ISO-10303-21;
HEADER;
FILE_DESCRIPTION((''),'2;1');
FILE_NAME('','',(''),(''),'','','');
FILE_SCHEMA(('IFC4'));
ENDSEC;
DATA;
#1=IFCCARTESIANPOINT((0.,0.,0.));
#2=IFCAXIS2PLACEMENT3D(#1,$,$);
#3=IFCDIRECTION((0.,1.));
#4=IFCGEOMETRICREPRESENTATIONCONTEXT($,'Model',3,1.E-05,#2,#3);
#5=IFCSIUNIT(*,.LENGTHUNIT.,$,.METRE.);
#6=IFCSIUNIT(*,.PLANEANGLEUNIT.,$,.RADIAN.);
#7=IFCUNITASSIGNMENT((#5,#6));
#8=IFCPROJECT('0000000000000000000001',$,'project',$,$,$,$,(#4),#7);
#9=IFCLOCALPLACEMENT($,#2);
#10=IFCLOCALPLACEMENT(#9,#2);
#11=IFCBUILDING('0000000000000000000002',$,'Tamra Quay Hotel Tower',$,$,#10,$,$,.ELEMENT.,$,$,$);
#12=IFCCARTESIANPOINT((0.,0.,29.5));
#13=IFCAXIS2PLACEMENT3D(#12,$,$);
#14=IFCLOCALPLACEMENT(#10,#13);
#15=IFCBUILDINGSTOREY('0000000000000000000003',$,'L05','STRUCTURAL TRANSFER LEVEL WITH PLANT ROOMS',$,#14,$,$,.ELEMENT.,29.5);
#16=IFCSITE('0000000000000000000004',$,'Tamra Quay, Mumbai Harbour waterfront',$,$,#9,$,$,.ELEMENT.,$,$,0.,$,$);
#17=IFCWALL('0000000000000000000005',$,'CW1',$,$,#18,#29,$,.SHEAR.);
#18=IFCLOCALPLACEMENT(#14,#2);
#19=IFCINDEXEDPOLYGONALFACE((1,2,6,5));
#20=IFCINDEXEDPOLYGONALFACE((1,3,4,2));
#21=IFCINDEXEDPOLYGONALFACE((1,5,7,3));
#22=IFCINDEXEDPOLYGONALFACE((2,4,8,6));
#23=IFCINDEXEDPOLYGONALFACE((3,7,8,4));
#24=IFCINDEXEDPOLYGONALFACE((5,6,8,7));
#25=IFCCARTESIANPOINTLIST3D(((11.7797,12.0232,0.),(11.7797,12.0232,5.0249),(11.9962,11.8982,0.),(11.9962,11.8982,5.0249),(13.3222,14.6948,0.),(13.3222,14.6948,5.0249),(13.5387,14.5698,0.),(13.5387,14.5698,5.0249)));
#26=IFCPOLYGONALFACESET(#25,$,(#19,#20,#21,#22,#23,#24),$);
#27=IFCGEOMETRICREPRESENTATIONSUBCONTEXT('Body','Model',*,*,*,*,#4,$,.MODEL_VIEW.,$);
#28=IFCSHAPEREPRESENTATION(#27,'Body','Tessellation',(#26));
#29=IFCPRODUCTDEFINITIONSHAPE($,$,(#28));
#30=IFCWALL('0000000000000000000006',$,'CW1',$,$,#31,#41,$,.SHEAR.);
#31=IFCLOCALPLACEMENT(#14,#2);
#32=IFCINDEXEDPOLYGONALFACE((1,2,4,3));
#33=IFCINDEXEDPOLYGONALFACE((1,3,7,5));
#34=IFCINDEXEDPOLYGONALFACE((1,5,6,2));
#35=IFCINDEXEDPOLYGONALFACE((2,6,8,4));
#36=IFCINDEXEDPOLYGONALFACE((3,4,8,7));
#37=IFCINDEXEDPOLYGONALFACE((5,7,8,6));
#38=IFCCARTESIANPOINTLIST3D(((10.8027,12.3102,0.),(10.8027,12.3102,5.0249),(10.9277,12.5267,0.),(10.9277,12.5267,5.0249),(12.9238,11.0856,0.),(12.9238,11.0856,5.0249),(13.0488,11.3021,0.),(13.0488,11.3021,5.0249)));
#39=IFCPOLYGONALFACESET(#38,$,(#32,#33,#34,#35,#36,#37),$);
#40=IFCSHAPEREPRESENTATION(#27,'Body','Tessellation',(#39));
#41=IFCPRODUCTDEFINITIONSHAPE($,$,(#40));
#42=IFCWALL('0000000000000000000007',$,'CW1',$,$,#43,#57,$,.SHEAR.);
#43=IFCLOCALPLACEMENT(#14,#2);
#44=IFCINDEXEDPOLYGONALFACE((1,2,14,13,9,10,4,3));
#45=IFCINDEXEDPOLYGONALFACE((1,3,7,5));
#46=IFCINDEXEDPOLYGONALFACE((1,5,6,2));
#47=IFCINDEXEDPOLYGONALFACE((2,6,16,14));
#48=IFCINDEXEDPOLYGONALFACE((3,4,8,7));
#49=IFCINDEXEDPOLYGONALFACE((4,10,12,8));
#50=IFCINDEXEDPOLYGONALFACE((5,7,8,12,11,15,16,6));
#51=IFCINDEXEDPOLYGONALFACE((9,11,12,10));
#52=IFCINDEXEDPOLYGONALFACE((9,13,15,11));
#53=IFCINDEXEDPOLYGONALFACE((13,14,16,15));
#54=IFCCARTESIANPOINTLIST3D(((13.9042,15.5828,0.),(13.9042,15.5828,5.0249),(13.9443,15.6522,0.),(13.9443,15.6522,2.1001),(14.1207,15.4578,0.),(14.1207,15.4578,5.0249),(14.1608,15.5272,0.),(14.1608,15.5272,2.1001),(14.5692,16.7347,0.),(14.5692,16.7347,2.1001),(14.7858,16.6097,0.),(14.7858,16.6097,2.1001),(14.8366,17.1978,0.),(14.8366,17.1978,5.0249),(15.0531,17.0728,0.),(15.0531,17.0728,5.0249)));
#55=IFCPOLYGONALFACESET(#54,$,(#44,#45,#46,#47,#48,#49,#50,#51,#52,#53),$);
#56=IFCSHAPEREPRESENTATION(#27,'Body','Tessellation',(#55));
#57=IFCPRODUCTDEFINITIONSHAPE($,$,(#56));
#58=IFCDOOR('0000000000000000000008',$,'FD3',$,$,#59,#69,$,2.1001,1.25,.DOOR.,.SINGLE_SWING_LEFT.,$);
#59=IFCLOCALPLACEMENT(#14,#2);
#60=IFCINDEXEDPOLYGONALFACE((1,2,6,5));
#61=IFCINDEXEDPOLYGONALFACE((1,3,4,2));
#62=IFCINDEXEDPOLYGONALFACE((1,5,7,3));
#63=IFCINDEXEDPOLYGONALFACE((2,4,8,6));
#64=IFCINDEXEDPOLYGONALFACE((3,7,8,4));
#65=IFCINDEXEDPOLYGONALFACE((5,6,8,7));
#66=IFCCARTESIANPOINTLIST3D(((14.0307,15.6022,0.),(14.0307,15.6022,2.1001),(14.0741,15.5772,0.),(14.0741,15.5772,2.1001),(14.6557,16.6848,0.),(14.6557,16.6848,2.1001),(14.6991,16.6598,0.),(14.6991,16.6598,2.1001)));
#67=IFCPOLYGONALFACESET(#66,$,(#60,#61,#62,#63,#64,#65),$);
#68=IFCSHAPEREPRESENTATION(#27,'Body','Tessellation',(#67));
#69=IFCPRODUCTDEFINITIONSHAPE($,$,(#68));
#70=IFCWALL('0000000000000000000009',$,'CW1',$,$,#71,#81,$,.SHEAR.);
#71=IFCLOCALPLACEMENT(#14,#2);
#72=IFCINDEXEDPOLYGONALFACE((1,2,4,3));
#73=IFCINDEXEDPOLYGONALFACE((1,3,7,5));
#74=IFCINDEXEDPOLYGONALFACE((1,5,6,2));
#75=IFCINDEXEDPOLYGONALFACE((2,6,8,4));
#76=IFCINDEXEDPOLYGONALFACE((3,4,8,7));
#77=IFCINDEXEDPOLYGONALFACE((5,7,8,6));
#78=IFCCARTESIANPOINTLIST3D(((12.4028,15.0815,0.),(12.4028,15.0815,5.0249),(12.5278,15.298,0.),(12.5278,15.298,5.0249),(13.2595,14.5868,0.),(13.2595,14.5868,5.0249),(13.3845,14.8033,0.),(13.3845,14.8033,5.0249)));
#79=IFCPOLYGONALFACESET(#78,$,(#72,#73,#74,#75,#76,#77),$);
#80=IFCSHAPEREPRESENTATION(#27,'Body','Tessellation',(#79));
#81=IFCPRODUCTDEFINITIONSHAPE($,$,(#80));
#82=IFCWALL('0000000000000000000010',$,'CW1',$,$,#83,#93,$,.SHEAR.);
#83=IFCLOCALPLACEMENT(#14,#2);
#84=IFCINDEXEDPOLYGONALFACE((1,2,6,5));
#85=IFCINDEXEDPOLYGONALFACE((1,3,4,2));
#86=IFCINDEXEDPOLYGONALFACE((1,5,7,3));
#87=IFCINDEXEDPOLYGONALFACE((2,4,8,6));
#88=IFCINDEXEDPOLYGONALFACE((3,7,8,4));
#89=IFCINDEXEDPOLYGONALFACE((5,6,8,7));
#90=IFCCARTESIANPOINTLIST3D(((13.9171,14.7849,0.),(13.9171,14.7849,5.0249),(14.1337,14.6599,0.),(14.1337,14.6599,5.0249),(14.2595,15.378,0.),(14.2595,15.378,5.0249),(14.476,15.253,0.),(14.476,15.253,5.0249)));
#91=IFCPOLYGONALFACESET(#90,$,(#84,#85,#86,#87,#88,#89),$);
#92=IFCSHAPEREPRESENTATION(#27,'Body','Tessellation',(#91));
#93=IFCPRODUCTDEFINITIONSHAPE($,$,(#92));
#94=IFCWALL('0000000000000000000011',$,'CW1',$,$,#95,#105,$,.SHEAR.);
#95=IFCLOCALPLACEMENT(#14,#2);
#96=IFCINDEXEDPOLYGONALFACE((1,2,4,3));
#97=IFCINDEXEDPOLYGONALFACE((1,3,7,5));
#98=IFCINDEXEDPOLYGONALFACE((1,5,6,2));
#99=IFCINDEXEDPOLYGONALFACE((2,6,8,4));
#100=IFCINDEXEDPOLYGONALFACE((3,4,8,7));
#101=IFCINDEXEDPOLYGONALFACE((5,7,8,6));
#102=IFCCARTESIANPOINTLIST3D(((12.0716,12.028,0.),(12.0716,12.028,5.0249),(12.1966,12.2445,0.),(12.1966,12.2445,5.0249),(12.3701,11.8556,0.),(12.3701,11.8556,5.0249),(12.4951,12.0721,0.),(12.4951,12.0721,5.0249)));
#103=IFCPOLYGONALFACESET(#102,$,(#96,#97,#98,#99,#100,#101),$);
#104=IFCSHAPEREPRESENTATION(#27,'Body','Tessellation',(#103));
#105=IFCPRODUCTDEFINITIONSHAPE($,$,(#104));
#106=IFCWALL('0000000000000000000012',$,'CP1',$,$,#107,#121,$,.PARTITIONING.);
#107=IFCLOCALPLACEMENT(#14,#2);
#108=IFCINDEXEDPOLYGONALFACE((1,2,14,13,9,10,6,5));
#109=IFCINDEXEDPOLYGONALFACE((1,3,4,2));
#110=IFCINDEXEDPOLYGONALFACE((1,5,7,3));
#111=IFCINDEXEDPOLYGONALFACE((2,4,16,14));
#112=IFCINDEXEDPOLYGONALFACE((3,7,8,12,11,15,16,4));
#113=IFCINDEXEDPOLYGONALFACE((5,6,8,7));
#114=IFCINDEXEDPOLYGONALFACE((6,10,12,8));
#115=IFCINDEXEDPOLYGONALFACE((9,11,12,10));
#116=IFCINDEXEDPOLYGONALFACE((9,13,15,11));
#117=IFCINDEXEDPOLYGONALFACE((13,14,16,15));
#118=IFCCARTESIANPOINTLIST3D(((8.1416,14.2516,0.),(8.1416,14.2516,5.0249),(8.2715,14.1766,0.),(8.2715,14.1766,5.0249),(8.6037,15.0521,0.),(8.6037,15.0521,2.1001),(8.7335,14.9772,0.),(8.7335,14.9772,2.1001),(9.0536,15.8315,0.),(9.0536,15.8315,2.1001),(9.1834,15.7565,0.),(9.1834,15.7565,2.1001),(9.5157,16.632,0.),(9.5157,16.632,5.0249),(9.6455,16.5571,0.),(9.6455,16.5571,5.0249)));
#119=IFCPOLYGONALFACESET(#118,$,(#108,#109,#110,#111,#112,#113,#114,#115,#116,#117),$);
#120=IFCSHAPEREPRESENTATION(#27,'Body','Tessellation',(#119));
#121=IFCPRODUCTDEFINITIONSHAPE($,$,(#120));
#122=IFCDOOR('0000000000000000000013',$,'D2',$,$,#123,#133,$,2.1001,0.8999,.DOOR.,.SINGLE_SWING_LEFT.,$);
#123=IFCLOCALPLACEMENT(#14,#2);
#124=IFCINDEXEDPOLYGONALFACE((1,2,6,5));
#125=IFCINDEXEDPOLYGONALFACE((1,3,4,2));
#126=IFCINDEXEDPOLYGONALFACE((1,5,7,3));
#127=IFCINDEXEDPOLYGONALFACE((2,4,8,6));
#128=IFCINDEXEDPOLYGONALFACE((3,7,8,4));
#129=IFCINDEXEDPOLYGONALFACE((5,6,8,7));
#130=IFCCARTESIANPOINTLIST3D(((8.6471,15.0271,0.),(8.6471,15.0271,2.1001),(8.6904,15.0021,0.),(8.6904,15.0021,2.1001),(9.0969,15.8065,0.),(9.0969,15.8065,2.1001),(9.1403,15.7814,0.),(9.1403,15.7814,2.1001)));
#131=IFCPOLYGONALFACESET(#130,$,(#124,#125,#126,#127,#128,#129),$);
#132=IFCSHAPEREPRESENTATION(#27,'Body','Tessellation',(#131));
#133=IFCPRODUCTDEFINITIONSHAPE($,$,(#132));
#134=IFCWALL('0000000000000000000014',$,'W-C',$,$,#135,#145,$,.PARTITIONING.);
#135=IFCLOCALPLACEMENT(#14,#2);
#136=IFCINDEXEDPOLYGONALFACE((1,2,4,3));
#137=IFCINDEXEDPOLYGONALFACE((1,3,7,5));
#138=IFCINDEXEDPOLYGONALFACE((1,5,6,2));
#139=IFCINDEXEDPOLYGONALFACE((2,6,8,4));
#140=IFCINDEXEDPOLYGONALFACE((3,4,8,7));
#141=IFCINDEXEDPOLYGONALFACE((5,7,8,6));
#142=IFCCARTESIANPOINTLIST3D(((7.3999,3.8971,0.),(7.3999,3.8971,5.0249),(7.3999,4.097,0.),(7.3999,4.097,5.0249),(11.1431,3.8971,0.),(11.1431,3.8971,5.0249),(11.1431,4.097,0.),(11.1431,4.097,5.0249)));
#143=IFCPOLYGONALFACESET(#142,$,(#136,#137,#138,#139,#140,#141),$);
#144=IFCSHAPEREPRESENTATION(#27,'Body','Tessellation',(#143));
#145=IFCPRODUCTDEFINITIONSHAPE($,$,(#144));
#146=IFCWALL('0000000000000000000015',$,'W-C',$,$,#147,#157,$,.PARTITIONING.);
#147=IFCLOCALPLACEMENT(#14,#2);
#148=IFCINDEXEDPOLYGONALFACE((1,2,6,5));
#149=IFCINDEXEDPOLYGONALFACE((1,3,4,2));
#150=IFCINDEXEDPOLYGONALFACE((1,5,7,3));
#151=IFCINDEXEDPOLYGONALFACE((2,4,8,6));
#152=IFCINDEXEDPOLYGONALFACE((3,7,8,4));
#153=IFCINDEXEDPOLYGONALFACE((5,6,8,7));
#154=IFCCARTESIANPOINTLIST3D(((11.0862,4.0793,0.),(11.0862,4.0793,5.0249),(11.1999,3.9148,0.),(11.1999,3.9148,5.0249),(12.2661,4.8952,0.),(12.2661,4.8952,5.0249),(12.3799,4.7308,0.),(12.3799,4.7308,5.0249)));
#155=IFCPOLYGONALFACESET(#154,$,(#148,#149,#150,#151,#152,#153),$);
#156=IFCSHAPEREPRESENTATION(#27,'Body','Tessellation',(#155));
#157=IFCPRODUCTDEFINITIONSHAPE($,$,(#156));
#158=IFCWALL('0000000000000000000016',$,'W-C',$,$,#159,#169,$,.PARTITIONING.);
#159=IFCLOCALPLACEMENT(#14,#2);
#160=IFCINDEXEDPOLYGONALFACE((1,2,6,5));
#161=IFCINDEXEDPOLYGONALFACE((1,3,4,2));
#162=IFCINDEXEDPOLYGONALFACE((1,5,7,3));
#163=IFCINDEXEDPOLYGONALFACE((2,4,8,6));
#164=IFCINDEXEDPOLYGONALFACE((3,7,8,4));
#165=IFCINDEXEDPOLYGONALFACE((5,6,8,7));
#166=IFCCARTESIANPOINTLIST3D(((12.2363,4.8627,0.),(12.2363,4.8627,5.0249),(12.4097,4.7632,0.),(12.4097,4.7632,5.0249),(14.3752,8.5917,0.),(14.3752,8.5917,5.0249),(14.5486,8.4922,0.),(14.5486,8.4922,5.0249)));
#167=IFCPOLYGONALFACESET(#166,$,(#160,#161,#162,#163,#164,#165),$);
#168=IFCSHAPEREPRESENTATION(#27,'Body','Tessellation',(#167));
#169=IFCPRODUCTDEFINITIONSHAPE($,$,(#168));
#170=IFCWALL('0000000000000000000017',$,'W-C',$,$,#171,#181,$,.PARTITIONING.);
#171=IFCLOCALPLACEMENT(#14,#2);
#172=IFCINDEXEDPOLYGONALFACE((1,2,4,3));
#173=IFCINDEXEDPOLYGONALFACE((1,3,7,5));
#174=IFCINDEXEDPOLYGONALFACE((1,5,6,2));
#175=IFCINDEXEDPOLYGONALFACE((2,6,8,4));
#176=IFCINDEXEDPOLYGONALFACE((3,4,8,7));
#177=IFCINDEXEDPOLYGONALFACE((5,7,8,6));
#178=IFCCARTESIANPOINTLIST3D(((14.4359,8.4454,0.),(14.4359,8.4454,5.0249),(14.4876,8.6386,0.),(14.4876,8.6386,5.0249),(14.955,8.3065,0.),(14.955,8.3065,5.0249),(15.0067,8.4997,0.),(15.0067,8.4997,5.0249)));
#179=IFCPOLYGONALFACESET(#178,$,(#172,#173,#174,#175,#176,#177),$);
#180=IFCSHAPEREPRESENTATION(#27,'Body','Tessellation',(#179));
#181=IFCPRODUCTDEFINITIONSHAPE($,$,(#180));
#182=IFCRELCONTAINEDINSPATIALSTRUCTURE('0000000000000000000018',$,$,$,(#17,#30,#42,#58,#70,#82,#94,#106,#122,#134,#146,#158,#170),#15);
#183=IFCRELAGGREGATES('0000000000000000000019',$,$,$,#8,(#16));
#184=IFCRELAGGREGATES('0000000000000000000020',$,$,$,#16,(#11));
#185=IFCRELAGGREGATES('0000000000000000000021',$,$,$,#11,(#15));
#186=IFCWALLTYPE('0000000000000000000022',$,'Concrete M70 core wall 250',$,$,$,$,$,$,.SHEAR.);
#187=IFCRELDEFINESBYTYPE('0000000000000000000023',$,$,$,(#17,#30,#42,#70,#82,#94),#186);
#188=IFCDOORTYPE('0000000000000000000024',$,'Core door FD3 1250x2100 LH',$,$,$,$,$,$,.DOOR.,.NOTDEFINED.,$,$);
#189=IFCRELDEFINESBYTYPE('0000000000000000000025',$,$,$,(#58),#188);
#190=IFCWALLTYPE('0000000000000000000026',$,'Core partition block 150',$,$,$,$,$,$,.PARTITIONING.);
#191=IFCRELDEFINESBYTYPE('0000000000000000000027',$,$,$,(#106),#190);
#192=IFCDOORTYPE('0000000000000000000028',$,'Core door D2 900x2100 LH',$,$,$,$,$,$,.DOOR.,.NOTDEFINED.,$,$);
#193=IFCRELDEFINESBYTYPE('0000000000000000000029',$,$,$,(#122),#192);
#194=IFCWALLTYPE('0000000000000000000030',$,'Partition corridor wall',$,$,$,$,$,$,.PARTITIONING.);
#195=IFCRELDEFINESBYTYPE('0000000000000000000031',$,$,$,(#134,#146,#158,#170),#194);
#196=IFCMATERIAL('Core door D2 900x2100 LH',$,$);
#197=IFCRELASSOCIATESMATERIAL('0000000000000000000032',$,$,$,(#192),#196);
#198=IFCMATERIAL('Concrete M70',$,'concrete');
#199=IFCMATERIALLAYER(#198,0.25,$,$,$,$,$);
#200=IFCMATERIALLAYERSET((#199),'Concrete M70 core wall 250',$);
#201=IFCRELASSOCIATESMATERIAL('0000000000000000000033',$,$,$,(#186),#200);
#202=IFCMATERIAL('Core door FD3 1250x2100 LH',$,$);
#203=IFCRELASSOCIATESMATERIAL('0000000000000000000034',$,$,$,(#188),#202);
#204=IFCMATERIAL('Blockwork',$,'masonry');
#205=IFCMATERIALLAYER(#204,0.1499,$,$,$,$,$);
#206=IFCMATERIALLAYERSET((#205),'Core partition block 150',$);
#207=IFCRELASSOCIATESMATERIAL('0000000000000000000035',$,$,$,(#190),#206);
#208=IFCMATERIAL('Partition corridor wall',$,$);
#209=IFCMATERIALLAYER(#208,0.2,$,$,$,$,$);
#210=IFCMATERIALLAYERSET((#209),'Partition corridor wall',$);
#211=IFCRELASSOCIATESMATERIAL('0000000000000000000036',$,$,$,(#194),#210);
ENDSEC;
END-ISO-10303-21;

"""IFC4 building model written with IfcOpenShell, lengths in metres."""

from ifc_helpers import new_model, si_unit, direction, frame, frame_2d, origin, place, context, subcontext, project, spatial, rectangle, extrude, material, layer, layer_set, type_object, element, fill, save


model = new_model("IFC4")

# Units and contexts
model_context = context("Model", 3, precision=1e-05, world=origin(), true_north=direction((0.0, 1.0)))
body_context = subcontext(model_context, "Body", "Model", "MODEL_VIEW")
ifc_project = project(units=[si_unit("LENGTHUNIT", "METRE"), si_unit("PLANEANGLEUNIT", "RADIAN")], contexts=[model_context])

# Site, building, storey
site_placement = place(None, origin())
site = spatial("IfcSite", under=ifc_project, at=site_placement, Name="Tamra Quay, Mumbai Harbour waterfront", CompositionType="ELEMENT", RefElevation=0.0)
building_placement = place(site_placement, origin())
building = spatial("IfcBuilding", under=site, at=building_placement, Name="Tamra Quay Hotel Tower", CompositionType="ELEMENT")
storey_placement = place(building_placement, frame((0.0, 0.0, 29.5)))
storey = spatial("IfcBuildingStorey", under=building, at=storey_placement, Name="L05", Description="STRUCTURAL TRANSFER LEVEL WITH PLANT ROOMS", CompositionType="ELEMENT", Elevation=29.5)

# Shared definitions
ifc_material_1 = material(Name="Concrete M70", Category="concrete")
ifc_material_2 = material(Name="Core door D2 900x2100 LH")
door_type_1 = type_object("IfcDoorType", Name="Core door D2 900x2100 LH", OperationType="NOTDEFINED", PredefinedType="DOOR", material=ifc_material_2)

# Shared definitions
ifc_layer_1 = layer(ifc_material_1, 0.25)
ifc_layer_set_1 = layer_set([ifc_layer_1], Name="Concrete M70 core wall 250")
wall_type_1 = type_object("IfcWallType", Name="Concrete M70 core wall 250", PredefinedType="SHEAR", material=ifc_layer_set_1)

# Walls
wall_1_placement = place(storey_placement, frame((11.8879, 11.9607, 0.0), z_axis=(0.0, 0.0, 1.0), x_axis=(0.500003, 0.866023, 0.0)))
element("IfcWall", 1, at=wall_1_placement, inside=storey, type_object=wall_type_1, Name="CW1", PredefinedType="SHEAR", context=body_context, shape_type="SweptSolid", body=[
    extrude(rectangle(XDim=3.085, YDim=0.25, at=frame_2d((1.5425, 0.0))), origin(), (0.0, 0.0, 1.0), 5.0249),
])
wall_2_placement = place(storey_placement, frame((10.8652, 12.4185, 0.0), z_axis=(0.0, 0.0, 1.0), x_axis=(0.866026, -0.499999, 0.0)))
element("IfcWall", 2, at=wall_2_placement, inside=storey, type_object=wall_type_1, Name="CW1", PredefinedType="SHEAR", context=body_context, shape_type="SweptSolid", body=[
    extrude(rectangle(XDim=2.4492, YDim=0.25, at=frame_2d((1.2246, 0.0))), origin(), (0.0, 0.0, 1.0), 5.0249),
])

# Wall, opening, door
wall_3_placement = place(storey_placement, frame((14.9448, 17.1353, 0.0), z_axis=(0.0, 0.0, 1.0), x_axis=(-0.499983, -0.866035, 0.0)))
wall_3 = element("IfcWall", 3, at=wall_3_placement, inside=storey, type_object=wall_type_1, Name="CW1", PredefinedType="SHEAR", context=body_context, shape_type="SweptSolid", body=[
    extrude(rectangle(XDim=1.8647, YDim=0.25, at=frame_2d((0.9324, 0.0))), origin(), (0.0, 0.0, 1.0), 5.0249),
])
opening_1_placement = place(wall_3_placement, frame((0.5347, 0.0, 0.0)))
opening_1 = element("IfcOpeningElement", 4, at=opening_1_placement, cuts=wall_3, PredefinedType="OPENING", context=body_context, shape_type="SweptSolid", body=[
    extrude(rectangle(XDim=1.25, YDim=2.1001, at=frame_2d((0.625, 1.05))), frame((0.0, 0.135, 0.0), z_axis=(0.0, -1.0, 0.0), x_axis=(1.0, 0.0, 0.0)), (0.0, 0.0, 1.0), 0.27),
])
ifc_material_3 = material(Name="Core door FD3 1250x2100 LH")
door_type_2 = type_object("IfcDoorType", Name="Core door FD3 1250x2100 LH", OperationType="NOTDEFINED", PredefinedType="DOOR", material=ifc_material_3)
door_1_placement = place(opening_1_placement, origin())
door_1 = element("IfcDoor", 5, at=door_1_placement, inside=storey, type_object=door_type_2, Name="FD3", OperationType="SINGLE_SWING_LEFT", OverallHeight=2.1001, OverallWidth=1.25, PredefinedType="DOOR", context=body_context, shape_type="SweptSolid", body=[
    extrude(rectangle(XDim=1.25, YDim=2.1001, at=frame_2d((0.625, 1.05))), frame((0.0, 0.0249, 0.0), z_axis=(0.0, -1.0, 0.0), x_axis=(1.0, 0.0, 0.0)), (0.0, 0.0, 1.0), 0.05),
])
fill(opening_1, door_1)

# Walls
wall_4_placement = place(storey_placement, frame((13.322, 14.6951, 0.0), z_axis=(0.0, 0.0, 1.0), x_axis=(-0.866017, 0.500014, 0.0)))
element("IfcWall", 6, at=wall_4_placement, inside=storey, type_object=wall_type_1, Name="CW1", PredefinedType="SHEAR", context=body_context, shape_type="SweptSolid", body=[
    extrude(rectangle(XDim=0.9893, YDim=0.25, at=frame_2d((0.4946, 0.0))), origin(), (0.0, 0.0, 1.0), 5.0249),
])
wall_5_placement = place(storey_placement, frame((14.3677, 15.3154, 0.0), z_axis=(0.0, 0.0, 1.0), x_axis=(-0.499897, -0.866085, 0.0)))
element("IfcWall", 7, at=wall_5_placement, inside=storey, type_object=wall_type_1, Name="CW1", PredefinedType="SHEAR", context=body_context, shape_type="SweptSolid", body=[
    extrude(rectangle(XDim=0.6848, YDim=0.25, at=frame_2d((0.3423, 0.0))), origin(), (0.0, 0.0, 1.0), 5.0249),
])
wall_6_placement = place(storey_placement, frame((12.4326, 11.9639, 0.0), z_axis=(0.0, 0.0, 1.0), x_axis=(-0.866056, 0.499947, 0.0)))
element("IfcWall", 8, at=wall_6_placement, inside=storey, type_object=wall_type_1, Name="CW1", PredefinedType="SHEAR", context=body_context, shape_type="SweptSolid", body=[
    extrude(rectangle(XDim=0.3447, YDim=0.25, at=frame_2d((0.1724, 0.0))), origin(), (0.0, 0.0, 1.0), 5.0249),
])

# Wall, opening, door
ifc_material_4 = material(Name="Blockwork", Category="masonry")
ifc_layer_2 = layer(ifc_material_4, 0.1499)
ifc_layer_set_2 = layer_set([ifc_layer_2], Name="Core partition block 150")
wall_type_2 = type_object("IfcWallType", Name="Core partition block 150", PredefinedType="PARTITIONING", material=ifc_layer_set_2)
wall_7_placement = place(storey_placement, frame((8.2065, 14.2141, 0.0), z_axis=(0.0, 0.0, 1.0), x_axis=(0.499922, 0.86607, 0.0)))
wall_7 = element("IfcWall", 9, at=wall_7_placement, inside=storey, type_object=wall_type_2, Name="CP1", PredefinedType="PARTITIONING", context=body_context, shape_type="SweptSolid", body=[
    extrude(rectangle(XDim=2.7485, YDim=0.1499, at=frame_2d((1.3743, 0.0))), origin(), (0.0, 0.0, 1.0), 5.0249),
])
opening_2_placement = place(wall_7_placement, frame((0.9243, 0.0, 0.0)))
opening_2 = element("IfcOpeningElement", 10, at=opening_2_placement, cuts=wall_7, PredefinedType="OPENING", context=body_context, shape_type="SweptSolid", body=[
    extrude(rectangle(XDim=0.8999, YDim=2.1001, at=frame_2d((0.45, 1.05))), frame((0.0, 0.085, 0.0), z_axis=(0.0, -1.0, 0.0), x_axis=(1.0, 0.0, 0.0)), (0.0, 0.0, 1.0), 0.1699),
])
door_2_placement = place(opening_2_placement, origin())
door_2 = element("IfcDoor", 11, at=door_2_placement, inside=storey, type_object=door_type_1, Name="D2", OperationType="SINGLE_SWING_LEFT", OverallHeight=2.1001, OverallWidth=0.8999, PredefinedType="DOOR", context=body_context, shape_type="SweptSolid", body=[
    extrude(rectangle(XDim=0.8999, YDim=2.1001, at=frame_2d((0.45, 1.05))), frame((0.0, 0.0249, 0.0), z_axis=(0.0, -1.0, 0.0), x_axis=(1.0, 0.0, 0.0)), (0.0, 0.0, 1.0), 0.05),
])
fill(opening_2, door_2)

# Walls
ifc_material_5 = material(Name="Partition corridor wall")
ifc_layer_3 = layer(ifc_material_5, 0.2)
ifc_layer_set_3 = layer_set([ifc_layer_3], Name="Partition corridor wall")
wall_type_3 = type_object("IfcWallType", Name="Partition corridor wall", PredefinedType="PARTITIONING", material=ifc_layer_set_3)
wall_8_placement = place(storey_placement, frame((7.3999, 3.9971, 0.0), z_axis=(0.0, 0.0, 1.0), x_axis=(1.0, 0.0, 0.0)))
element("IfcWall", 12, at=wall_8_placement, inside=storey, type_object=wall_type_3, Name="W-C", PredefinedType="PARTITIONING", context=body_context, shape_type="SweptSolid", body=[
    extrude(rectangle(XDim=3.7432, YDim=0.2, at=frame_2d((1.8716, 0.0))), origin(), (0.0, 0.0, 1.0), 5.0249),
])
wall_9_placement = place(storey_placement, frame((11.1431, 3.9971, 0.0), z_axis=(0.0, 0.0, 1.0), x_axis=(0.822505, 0.568759, 0.0)))
element("IfcWall", 13, at=wall_9_placement, inside=storey, type_object=wall_type_3, Name="W-C", PredefinedType="PARTITIONING", context=body_context, shape_type="SweptSolid", body=[
    extrude(rectangle(XDim=1.4346, YDim=0.2, at=frame_2d((0.7173, 0.0))), origin(), (0.0, 0.0, 1.0), 5.0249),
])
wall_10_placement = place(storey_placement, frame((12.323, 4.813, 0.0), z_axis=(0.0, 0.0, 1.0), x_axis=(0.497551, 0.867435, 0.0)))
element("IfcWall", 14, at=wall_10_placement, inside=storey, type_object=wall_type_3, Name="W-C", PredefinedType="PARTITIONING", context=body_context, shape_type="SweptSolid", body=[
    extrude(rectangle(XDim=4.2988, YDim=0.2, at=frame_2d((2.1494, 0.0))), origin(), (0.0, 0.0, 1.0), 5.0249),
])
wall_11_placement = place(storey_placement, frame((14.4619, 8.542, 0.0), z_axis=(0.0, 0.0, 1.0), x_axis=(0.966001, -0.258539, 0.0)))
element("IfcWall", 15, at=wall_11_placement, inside=storey, type_object=wall_type_3, Name="W-C", PredefinedType="PARTITIONING", context=body_context, shape_type="SweptSolid", body=[
    extrude(rectangle(XDim=0.5374, YDim=0.2, at=frame_2d((0.2686, 0.0))), origin(), (0.0, 0.0, 1.0), 5.0249),
])

save(model, "model.ifc")
